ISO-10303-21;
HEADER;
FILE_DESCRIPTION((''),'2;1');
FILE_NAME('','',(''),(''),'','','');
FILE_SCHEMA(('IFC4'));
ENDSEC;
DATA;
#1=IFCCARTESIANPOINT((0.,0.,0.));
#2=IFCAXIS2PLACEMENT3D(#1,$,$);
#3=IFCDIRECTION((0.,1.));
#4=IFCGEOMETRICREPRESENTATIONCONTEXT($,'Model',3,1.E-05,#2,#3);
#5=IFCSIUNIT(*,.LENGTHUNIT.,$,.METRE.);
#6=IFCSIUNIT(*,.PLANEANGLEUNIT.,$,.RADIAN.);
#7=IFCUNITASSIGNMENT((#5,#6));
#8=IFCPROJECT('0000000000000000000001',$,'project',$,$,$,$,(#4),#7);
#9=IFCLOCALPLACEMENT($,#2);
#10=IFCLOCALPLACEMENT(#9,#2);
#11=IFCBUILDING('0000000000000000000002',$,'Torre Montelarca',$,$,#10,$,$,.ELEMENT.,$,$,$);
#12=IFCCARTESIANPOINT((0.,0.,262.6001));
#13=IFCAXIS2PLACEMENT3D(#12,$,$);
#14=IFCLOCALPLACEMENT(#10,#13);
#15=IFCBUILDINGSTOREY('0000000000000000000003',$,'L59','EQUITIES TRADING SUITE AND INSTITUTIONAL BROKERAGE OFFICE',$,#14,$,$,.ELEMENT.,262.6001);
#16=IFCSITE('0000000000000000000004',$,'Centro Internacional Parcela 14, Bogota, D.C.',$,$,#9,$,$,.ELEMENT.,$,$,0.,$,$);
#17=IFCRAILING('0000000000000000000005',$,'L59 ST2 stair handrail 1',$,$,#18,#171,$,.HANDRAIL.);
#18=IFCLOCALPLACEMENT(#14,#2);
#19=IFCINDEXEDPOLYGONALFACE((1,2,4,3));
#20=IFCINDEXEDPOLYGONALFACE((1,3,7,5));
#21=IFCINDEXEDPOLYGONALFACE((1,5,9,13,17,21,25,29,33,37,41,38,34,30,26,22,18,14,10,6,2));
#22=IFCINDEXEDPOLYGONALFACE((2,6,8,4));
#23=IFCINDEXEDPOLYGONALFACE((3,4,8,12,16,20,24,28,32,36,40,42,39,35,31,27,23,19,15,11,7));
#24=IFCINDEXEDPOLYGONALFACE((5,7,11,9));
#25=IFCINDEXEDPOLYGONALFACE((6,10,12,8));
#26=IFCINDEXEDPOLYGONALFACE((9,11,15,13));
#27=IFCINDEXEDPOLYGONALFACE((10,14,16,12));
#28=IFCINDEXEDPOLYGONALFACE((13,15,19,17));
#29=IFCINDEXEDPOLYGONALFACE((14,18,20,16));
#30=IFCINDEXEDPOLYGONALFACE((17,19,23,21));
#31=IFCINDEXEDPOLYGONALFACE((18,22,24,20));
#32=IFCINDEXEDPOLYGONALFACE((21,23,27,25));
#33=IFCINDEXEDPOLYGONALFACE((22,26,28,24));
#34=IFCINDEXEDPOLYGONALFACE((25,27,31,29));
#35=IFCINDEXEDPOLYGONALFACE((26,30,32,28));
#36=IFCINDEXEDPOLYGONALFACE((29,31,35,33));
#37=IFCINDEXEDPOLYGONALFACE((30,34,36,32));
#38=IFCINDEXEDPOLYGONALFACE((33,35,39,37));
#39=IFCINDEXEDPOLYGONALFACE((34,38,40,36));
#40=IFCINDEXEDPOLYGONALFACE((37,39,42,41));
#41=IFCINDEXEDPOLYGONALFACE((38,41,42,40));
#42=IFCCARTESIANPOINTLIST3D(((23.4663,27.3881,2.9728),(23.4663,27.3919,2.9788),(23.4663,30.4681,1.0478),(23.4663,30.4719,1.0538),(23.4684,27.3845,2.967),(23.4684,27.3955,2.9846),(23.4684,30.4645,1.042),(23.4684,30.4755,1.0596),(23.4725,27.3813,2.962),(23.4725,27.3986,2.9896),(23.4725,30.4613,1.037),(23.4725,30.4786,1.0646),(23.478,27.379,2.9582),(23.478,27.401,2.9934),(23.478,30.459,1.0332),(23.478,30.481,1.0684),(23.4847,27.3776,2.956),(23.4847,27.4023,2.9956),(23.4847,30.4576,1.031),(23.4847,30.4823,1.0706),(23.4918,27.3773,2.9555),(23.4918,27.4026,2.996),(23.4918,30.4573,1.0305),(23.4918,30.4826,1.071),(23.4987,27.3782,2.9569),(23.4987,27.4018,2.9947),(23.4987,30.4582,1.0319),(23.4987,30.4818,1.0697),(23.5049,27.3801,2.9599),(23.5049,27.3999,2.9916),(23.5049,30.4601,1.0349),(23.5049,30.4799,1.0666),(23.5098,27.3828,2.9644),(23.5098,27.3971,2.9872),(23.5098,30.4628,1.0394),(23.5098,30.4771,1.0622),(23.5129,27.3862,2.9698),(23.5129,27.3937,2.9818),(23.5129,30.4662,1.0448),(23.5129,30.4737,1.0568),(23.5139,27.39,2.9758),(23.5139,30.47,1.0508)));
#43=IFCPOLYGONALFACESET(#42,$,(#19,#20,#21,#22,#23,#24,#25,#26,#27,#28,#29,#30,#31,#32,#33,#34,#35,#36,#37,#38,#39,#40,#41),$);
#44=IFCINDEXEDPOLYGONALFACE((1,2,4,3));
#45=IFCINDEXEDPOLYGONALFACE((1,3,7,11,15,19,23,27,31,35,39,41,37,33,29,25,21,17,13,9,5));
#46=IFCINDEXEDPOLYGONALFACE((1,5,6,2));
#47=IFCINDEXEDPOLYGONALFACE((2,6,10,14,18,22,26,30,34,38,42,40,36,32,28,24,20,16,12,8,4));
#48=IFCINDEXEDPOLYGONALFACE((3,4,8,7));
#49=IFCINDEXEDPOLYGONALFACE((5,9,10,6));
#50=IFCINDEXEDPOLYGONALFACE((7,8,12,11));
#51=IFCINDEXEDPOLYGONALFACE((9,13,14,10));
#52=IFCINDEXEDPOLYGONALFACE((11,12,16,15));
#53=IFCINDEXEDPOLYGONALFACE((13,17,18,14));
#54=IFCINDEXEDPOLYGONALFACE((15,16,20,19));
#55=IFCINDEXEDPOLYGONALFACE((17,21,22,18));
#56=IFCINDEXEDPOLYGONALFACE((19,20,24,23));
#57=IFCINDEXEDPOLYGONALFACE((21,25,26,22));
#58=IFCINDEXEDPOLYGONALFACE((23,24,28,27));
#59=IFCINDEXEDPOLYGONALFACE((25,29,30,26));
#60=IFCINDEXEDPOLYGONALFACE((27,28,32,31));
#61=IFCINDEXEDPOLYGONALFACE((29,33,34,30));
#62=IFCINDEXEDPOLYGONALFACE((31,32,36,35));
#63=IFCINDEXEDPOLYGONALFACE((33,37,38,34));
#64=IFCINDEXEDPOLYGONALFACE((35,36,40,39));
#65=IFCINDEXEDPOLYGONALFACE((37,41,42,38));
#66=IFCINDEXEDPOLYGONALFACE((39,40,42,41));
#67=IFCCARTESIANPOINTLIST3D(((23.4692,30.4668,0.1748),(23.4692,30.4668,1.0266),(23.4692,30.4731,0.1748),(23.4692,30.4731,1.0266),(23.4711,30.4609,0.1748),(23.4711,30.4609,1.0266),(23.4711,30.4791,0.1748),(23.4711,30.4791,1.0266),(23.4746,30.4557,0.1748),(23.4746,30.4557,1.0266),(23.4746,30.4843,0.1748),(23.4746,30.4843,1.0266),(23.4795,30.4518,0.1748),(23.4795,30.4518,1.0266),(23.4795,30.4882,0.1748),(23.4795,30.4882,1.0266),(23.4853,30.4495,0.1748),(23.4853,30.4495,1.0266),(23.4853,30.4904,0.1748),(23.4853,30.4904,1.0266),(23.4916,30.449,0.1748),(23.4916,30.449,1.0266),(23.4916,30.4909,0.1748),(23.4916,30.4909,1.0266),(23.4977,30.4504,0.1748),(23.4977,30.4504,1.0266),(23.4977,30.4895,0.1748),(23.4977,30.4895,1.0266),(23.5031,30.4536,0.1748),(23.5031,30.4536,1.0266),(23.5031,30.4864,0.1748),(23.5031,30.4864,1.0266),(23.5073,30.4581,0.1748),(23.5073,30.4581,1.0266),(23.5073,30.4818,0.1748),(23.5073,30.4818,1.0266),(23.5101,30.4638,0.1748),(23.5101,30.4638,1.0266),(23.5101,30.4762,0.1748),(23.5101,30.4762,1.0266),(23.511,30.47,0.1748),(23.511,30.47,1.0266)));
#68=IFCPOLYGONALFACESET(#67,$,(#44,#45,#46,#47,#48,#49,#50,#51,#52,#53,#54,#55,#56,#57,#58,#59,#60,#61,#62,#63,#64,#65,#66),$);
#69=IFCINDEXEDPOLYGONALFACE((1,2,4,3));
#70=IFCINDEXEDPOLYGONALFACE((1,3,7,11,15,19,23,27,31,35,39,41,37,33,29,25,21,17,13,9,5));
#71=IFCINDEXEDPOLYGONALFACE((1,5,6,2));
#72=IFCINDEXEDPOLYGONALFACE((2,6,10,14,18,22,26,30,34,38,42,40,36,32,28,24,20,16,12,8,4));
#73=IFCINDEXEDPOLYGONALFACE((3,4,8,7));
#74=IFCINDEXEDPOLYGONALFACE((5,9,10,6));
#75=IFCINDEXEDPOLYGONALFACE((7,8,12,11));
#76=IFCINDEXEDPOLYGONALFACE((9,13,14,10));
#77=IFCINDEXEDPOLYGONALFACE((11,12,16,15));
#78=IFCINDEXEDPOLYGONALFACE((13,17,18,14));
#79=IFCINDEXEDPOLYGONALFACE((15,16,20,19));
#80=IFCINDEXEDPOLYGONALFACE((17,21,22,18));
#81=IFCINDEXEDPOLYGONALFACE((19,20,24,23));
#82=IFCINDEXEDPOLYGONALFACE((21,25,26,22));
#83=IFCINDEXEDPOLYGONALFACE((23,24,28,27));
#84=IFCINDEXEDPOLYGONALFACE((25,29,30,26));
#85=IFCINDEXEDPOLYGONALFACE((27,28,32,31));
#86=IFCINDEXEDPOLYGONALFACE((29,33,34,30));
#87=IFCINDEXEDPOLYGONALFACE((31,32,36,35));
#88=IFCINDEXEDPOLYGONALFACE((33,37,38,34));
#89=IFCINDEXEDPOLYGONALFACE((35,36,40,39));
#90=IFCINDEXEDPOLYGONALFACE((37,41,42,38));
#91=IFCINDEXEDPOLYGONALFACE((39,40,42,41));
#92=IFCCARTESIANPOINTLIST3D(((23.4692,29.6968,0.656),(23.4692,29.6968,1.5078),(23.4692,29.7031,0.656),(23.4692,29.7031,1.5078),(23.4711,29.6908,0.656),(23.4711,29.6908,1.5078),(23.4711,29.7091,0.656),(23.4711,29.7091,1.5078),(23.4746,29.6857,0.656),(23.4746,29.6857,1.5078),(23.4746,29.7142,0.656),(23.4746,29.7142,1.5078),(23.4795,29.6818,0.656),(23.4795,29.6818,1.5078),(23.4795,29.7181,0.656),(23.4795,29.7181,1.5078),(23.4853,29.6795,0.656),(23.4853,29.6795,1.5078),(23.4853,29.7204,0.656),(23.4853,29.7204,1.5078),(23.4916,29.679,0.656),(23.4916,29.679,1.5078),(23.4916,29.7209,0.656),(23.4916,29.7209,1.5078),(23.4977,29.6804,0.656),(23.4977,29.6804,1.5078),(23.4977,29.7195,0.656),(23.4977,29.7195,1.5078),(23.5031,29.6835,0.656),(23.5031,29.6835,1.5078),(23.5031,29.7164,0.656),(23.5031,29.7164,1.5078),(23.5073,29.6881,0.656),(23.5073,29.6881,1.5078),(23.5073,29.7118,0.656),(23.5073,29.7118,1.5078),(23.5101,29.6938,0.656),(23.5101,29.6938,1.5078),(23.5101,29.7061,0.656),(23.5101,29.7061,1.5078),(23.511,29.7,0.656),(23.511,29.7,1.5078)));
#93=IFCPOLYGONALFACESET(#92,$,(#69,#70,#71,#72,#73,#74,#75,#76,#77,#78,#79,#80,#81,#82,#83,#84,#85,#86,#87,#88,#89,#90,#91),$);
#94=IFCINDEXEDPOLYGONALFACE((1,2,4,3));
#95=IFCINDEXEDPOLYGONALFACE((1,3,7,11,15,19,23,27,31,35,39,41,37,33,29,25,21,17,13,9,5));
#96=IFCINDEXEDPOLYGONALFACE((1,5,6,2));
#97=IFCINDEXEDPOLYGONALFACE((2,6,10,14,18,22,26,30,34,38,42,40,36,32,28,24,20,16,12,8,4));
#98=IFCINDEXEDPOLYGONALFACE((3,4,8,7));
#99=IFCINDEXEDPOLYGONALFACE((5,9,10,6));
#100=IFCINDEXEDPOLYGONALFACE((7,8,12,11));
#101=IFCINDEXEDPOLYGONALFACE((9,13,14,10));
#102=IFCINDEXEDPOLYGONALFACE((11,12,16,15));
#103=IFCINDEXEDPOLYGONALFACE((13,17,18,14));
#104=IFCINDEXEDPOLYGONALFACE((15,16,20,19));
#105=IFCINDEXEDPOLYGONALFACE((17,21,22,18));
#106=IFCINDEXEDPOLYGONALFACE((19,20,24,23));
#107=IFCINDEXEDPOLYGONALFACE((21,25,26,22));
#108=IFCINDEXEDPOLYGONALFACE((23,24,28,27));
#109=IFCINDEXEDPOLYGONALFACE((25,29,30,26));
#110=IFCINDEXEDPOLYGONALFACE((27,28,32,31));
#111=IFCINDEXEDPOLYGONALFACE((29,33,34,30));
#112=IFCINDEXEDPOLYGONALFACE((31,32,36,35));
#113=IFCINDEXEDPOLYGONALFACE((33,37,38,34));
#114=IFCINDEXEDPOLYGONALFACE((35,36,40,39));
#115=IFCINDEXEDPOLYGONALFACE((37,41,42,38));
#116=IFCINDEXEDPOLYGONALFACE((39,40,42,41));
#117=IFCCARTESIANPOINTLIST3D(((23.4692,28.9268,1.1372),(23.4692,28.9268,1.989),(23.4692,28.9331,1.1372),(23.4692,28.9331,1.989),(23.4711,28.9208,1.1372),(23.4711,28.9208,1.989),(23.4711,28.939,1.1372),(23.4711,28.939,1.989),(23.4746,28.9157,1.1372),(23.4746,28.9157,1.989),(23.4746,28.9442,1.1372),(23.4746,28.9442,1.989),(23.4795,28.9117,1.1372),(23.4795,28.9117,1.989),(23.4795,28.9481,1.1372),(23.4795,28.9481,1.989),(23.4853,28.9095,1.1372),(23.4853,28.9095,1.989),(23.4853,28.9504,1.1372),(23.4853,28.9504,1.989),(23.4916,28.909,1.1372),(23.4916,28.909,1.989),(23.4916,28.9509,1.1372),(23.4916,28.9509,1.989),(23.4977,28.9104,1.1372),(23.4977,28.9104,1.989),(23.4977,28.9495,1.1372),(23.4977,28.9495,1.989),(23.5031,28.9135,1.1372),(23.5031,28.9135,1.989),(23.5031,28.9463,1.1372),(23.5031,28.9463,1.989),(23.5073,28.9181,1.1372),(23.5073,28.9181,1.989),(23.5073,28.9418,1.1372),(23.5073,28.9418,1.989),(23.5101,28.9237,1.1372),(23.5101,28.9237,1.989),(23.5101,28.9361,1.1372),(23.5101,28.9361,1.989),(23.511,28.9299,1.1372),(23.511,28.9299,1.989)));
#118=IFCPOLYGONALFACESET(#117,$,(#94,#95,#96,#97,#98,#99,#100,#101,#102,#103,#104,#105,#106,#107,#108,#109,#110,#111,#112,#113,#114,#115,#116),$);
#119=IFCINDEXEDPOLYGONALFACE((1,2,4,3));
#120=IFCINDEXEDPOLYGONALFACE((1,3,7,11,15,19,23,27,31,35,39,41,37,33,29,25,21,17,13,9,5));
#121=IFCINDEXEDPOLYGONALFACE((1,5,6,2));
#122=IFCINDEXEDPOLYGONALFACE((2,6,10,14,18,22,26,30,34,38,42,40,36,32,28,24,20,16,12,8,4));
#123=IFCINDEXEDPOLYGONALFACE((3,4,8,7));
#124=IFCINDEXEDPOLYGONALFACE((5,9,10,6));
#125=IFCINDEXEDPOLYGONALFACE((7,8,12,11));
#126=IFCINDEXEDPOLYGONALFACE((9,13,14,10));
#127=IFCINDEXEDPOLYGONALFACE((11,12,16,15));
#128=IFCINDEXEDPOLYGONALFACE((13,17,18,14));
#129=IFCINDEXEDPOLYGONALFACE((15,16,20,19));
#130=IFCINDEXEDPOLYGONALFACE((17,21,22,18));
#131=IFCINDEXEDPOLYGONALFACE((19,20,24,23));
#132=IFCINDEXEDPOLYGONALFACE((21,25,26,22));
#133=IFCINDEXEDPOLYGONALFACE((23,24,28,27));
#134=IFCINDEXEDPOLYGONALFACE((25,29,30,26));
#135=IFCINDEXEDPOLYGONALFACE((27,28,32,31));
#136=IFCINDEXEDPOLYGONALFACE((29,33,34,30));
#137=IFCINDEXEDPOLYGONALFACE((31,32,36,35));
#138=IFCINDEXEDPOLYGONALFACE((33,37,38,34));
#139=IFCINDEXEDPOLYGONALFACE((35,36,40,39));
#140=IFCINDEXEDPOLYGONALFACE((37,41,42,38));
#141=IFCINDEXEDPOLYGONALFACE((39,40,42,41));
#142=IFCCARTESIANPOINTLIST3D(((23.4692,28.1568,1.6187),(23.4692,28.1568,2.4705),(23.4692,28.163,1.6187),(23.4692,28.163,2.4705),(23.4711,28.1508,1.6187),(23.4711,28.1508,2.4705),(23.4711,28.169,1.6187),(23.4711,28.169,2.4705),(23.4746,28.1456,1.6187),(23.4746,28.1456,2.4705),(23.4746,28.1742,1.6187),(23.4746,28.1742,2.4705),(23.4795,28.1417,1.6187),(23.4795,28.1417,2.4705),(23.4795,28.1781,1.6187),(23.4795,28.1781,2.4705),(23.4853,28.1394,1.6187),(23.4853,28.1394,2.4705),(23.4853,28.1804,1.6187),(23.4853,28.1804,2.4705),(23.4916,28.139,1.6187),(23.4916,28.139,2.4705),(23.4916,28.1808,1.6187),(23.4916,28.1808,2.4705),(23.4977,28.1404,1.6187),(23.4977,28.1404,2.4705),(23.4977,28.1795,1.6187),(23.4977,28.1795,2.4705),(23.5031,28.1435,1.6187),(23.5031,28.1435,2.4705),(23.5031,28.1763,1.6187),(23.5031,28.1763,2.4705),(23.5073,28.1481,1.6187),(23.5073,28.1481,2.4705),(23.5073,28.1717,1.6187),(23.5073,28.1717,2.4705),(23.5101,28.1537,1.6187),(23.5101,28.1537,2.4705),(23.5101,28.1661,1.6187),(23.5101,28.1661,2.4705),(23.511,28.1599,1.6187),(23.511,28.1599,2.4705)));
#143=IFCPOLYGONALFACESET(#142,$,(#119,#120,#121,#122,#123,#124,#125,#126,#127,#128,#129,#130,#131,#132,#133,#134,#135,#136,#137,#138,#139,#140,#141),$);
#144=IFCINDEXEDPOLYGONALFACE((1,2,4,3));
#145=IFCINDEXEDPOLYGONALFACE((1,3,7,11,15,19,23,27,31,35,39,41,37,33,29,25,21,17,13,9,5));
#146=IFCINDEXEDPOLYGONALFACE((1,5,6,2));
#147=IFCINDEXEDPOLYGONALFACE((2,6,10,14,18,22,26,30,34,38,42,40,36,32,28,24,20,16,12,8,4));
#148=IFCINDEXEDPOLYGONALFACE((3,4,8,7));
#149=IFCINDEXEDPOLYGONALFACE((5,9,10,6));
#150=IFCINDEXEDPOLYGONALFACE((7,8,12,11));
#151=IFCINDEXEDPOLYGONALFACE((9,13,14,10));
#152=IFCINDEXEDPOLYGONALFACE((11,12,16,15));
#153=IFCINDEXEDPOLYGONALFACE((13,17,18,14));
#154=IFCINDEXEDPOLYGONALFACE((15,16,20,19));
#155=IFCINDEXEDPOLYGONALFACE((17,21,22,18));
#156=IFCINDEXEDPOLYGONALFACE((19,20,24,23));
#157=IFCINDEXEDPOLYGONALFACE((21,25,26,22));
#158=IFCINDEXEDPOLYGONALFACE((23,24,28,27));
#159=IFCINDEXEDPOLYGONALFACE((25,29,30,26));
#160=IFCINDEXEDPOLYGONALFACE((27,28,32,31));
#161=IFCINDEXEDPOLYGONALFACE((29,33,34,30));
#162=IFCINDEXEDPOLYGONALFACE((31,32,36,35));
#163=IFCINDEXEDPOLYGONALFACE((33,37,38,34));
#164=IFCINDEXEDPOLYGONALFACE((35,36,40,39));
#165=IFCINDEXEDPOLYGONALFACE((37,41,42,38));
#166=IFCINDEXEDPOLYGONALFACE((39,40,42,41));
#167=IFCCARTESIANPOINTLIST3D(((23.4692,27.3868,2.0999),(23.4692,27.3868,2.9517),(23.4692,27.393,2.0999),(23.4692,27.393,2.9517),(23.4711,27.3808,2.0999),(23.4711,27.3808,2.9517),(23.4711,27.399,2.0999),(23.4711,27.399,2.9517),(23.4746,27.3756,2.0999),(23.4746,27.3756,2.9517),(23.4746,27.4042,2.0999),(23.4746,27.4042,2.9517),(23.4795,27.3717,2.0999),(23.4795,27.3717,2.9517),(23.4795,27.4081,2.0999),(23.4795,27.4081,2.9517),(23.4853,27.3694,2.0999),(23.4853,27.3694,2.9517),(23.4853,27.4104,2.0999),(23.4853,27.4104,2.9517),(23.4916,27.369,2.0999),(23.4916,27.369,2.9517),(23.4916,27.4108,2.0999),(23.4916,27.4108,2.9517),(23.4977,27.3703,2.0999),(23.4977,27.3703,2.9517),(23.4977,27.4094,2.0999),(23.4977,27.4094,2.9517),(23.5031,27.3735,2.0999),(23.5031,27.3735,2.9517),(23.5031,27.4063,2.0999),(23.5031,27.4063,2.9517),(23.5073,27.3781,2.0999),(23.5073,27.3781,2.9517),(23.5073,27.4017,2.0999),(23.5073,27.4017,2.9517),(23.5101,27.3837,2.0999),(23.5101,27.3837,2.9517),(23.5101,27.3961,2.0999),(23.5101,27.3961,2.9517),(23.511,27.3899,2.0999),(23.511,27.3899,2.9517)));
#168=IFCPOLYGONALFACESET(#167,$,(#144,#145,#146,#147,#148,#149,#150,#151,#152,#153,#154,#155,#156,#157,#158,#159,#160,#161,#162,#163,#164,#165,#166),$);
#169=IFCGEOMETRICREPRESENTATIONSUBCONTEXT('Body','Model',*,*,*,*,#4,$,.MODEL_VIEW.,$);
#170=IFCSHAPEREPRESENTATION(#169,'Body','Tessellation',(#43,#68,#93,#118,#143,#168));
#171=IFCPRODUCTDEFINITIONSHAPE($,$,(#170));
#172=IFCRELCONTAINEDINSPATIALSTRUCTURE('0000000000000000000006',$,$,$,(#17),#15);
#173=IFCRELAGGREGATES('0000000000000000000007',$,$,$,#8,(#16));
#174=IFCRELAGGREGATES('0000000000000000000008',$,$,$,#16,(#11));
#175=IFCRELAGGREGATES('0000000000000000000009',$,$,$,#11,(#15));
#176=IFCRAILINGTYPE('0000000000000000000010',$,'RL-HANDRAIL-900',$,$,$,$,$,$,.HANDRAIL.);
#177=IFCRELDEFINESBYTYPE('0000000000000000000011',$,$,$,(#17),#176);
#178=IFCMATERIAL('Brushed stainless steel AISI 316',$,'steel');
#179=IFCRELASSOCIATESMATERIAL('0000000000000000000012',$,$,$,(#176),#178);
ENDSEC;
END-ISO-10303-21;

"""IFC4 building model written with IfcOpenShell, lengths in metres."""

from ifc_helpers import new_model, si_unit, direction, frame, origin, origin_2d, place, context, subcontext, project, spatial, circle, extrude, material, type_object, element, save


model = new_model("IFC4")

# Units and contexts
model_context = context("Model", 3, precision=1e-05, world=origin(), true_north=direction((0.0, 1.0)))
body_context = subcontext(model_context, "Body", "Model", "MODEL_VIEW")
ifc_project = project(units=[si_unit("LENGTHUNIT", "METRE"), si_unit("PLANEANGLEUNIT", "RADIAN")], contexts=[model_context])

# Site, building, storey
site_placement = place(None, origin())
site = spatial("IfcSite", under=ifc_project, at=site_placement, Name="Centro Internacional Parcela 14, Bogota, D.C.", CompositionType="ELEMENT", RefElevation=0.0)
building_placement = place(site_placement, origin())
building = spatial("IfcBuilding", under=site, at=building_placement, Name="Torre Montelarca", CompositionType="ELEMENT")
storey_placement = place(building_placement, frame((0.0, 0.0, 262.6001)))
storey = spatial("IfcBuildingStorey", under=building, at=storey_placement, Name="L59", Description="EQUITIES TRADING SUITE AND INSTITUTIONAL BROKERAGE OFFICE", CompositionType="ELEMENT", Elevation=262.6001)

# Railing
ifc_material_1 = material(Name="Brushed stainless steel AISI 316", Category="steel")
railing_type_1 = type_object("IfcRailingType", Name="RL-HANDRAIL-900", PredefinedType="HANDRAIL", material=ifc_material_1)
railing_1_placement = place(storey_placement, frame((23.49, 30.47, 0.1748)))
element("IfcRailing", 1, at=railing_1_placement, inside=storey, type_object=railing_type_1, Name="L59 ST2 stair handrail 1", PredefinedType="HANDRAIL", context=body_context, shape_type="SweptSolid", body=[
    extrude(circle(Radius=0.0239, at=origin_2d()), frame((0.0, 0.0, 0.876), z_axis=(0.0, -0.847998, 0.529999), x_axis=(1.0, 0.0, 0.0)), (0.0, 0.0, 1.0), 3.6321),
    extrude(circle(Radius=0.021, at=origin_2d()), origin(), (0.0, 0.0, 1.0), 0.8518),
    extrude(circle(Radius=0.021, at=origin_2d()), frame((0.0, -0.77, 0.4812)), (0.0, 0.0, 1.0), 0.8518),
    extrude(circle(Radius=0.021, at=origin_2d()), frame((0.0, -1.54, 0.9624)), (0.0, 0.0, 1.0), 0.8518),
    extrude(circle(Radius=0.021, at=origin_2d()), frame((0.0, -2.3101, 1.4438)), (0.0, 0.0, 1.0), 0.8518),
    extrude(circle(Radius=0.021, at=origin_2d()), frame((0.0, -3.0801, 1.925)), (0.0, 0.0, 1.0), 0.8518),
])

save(model, "model.ifc")
